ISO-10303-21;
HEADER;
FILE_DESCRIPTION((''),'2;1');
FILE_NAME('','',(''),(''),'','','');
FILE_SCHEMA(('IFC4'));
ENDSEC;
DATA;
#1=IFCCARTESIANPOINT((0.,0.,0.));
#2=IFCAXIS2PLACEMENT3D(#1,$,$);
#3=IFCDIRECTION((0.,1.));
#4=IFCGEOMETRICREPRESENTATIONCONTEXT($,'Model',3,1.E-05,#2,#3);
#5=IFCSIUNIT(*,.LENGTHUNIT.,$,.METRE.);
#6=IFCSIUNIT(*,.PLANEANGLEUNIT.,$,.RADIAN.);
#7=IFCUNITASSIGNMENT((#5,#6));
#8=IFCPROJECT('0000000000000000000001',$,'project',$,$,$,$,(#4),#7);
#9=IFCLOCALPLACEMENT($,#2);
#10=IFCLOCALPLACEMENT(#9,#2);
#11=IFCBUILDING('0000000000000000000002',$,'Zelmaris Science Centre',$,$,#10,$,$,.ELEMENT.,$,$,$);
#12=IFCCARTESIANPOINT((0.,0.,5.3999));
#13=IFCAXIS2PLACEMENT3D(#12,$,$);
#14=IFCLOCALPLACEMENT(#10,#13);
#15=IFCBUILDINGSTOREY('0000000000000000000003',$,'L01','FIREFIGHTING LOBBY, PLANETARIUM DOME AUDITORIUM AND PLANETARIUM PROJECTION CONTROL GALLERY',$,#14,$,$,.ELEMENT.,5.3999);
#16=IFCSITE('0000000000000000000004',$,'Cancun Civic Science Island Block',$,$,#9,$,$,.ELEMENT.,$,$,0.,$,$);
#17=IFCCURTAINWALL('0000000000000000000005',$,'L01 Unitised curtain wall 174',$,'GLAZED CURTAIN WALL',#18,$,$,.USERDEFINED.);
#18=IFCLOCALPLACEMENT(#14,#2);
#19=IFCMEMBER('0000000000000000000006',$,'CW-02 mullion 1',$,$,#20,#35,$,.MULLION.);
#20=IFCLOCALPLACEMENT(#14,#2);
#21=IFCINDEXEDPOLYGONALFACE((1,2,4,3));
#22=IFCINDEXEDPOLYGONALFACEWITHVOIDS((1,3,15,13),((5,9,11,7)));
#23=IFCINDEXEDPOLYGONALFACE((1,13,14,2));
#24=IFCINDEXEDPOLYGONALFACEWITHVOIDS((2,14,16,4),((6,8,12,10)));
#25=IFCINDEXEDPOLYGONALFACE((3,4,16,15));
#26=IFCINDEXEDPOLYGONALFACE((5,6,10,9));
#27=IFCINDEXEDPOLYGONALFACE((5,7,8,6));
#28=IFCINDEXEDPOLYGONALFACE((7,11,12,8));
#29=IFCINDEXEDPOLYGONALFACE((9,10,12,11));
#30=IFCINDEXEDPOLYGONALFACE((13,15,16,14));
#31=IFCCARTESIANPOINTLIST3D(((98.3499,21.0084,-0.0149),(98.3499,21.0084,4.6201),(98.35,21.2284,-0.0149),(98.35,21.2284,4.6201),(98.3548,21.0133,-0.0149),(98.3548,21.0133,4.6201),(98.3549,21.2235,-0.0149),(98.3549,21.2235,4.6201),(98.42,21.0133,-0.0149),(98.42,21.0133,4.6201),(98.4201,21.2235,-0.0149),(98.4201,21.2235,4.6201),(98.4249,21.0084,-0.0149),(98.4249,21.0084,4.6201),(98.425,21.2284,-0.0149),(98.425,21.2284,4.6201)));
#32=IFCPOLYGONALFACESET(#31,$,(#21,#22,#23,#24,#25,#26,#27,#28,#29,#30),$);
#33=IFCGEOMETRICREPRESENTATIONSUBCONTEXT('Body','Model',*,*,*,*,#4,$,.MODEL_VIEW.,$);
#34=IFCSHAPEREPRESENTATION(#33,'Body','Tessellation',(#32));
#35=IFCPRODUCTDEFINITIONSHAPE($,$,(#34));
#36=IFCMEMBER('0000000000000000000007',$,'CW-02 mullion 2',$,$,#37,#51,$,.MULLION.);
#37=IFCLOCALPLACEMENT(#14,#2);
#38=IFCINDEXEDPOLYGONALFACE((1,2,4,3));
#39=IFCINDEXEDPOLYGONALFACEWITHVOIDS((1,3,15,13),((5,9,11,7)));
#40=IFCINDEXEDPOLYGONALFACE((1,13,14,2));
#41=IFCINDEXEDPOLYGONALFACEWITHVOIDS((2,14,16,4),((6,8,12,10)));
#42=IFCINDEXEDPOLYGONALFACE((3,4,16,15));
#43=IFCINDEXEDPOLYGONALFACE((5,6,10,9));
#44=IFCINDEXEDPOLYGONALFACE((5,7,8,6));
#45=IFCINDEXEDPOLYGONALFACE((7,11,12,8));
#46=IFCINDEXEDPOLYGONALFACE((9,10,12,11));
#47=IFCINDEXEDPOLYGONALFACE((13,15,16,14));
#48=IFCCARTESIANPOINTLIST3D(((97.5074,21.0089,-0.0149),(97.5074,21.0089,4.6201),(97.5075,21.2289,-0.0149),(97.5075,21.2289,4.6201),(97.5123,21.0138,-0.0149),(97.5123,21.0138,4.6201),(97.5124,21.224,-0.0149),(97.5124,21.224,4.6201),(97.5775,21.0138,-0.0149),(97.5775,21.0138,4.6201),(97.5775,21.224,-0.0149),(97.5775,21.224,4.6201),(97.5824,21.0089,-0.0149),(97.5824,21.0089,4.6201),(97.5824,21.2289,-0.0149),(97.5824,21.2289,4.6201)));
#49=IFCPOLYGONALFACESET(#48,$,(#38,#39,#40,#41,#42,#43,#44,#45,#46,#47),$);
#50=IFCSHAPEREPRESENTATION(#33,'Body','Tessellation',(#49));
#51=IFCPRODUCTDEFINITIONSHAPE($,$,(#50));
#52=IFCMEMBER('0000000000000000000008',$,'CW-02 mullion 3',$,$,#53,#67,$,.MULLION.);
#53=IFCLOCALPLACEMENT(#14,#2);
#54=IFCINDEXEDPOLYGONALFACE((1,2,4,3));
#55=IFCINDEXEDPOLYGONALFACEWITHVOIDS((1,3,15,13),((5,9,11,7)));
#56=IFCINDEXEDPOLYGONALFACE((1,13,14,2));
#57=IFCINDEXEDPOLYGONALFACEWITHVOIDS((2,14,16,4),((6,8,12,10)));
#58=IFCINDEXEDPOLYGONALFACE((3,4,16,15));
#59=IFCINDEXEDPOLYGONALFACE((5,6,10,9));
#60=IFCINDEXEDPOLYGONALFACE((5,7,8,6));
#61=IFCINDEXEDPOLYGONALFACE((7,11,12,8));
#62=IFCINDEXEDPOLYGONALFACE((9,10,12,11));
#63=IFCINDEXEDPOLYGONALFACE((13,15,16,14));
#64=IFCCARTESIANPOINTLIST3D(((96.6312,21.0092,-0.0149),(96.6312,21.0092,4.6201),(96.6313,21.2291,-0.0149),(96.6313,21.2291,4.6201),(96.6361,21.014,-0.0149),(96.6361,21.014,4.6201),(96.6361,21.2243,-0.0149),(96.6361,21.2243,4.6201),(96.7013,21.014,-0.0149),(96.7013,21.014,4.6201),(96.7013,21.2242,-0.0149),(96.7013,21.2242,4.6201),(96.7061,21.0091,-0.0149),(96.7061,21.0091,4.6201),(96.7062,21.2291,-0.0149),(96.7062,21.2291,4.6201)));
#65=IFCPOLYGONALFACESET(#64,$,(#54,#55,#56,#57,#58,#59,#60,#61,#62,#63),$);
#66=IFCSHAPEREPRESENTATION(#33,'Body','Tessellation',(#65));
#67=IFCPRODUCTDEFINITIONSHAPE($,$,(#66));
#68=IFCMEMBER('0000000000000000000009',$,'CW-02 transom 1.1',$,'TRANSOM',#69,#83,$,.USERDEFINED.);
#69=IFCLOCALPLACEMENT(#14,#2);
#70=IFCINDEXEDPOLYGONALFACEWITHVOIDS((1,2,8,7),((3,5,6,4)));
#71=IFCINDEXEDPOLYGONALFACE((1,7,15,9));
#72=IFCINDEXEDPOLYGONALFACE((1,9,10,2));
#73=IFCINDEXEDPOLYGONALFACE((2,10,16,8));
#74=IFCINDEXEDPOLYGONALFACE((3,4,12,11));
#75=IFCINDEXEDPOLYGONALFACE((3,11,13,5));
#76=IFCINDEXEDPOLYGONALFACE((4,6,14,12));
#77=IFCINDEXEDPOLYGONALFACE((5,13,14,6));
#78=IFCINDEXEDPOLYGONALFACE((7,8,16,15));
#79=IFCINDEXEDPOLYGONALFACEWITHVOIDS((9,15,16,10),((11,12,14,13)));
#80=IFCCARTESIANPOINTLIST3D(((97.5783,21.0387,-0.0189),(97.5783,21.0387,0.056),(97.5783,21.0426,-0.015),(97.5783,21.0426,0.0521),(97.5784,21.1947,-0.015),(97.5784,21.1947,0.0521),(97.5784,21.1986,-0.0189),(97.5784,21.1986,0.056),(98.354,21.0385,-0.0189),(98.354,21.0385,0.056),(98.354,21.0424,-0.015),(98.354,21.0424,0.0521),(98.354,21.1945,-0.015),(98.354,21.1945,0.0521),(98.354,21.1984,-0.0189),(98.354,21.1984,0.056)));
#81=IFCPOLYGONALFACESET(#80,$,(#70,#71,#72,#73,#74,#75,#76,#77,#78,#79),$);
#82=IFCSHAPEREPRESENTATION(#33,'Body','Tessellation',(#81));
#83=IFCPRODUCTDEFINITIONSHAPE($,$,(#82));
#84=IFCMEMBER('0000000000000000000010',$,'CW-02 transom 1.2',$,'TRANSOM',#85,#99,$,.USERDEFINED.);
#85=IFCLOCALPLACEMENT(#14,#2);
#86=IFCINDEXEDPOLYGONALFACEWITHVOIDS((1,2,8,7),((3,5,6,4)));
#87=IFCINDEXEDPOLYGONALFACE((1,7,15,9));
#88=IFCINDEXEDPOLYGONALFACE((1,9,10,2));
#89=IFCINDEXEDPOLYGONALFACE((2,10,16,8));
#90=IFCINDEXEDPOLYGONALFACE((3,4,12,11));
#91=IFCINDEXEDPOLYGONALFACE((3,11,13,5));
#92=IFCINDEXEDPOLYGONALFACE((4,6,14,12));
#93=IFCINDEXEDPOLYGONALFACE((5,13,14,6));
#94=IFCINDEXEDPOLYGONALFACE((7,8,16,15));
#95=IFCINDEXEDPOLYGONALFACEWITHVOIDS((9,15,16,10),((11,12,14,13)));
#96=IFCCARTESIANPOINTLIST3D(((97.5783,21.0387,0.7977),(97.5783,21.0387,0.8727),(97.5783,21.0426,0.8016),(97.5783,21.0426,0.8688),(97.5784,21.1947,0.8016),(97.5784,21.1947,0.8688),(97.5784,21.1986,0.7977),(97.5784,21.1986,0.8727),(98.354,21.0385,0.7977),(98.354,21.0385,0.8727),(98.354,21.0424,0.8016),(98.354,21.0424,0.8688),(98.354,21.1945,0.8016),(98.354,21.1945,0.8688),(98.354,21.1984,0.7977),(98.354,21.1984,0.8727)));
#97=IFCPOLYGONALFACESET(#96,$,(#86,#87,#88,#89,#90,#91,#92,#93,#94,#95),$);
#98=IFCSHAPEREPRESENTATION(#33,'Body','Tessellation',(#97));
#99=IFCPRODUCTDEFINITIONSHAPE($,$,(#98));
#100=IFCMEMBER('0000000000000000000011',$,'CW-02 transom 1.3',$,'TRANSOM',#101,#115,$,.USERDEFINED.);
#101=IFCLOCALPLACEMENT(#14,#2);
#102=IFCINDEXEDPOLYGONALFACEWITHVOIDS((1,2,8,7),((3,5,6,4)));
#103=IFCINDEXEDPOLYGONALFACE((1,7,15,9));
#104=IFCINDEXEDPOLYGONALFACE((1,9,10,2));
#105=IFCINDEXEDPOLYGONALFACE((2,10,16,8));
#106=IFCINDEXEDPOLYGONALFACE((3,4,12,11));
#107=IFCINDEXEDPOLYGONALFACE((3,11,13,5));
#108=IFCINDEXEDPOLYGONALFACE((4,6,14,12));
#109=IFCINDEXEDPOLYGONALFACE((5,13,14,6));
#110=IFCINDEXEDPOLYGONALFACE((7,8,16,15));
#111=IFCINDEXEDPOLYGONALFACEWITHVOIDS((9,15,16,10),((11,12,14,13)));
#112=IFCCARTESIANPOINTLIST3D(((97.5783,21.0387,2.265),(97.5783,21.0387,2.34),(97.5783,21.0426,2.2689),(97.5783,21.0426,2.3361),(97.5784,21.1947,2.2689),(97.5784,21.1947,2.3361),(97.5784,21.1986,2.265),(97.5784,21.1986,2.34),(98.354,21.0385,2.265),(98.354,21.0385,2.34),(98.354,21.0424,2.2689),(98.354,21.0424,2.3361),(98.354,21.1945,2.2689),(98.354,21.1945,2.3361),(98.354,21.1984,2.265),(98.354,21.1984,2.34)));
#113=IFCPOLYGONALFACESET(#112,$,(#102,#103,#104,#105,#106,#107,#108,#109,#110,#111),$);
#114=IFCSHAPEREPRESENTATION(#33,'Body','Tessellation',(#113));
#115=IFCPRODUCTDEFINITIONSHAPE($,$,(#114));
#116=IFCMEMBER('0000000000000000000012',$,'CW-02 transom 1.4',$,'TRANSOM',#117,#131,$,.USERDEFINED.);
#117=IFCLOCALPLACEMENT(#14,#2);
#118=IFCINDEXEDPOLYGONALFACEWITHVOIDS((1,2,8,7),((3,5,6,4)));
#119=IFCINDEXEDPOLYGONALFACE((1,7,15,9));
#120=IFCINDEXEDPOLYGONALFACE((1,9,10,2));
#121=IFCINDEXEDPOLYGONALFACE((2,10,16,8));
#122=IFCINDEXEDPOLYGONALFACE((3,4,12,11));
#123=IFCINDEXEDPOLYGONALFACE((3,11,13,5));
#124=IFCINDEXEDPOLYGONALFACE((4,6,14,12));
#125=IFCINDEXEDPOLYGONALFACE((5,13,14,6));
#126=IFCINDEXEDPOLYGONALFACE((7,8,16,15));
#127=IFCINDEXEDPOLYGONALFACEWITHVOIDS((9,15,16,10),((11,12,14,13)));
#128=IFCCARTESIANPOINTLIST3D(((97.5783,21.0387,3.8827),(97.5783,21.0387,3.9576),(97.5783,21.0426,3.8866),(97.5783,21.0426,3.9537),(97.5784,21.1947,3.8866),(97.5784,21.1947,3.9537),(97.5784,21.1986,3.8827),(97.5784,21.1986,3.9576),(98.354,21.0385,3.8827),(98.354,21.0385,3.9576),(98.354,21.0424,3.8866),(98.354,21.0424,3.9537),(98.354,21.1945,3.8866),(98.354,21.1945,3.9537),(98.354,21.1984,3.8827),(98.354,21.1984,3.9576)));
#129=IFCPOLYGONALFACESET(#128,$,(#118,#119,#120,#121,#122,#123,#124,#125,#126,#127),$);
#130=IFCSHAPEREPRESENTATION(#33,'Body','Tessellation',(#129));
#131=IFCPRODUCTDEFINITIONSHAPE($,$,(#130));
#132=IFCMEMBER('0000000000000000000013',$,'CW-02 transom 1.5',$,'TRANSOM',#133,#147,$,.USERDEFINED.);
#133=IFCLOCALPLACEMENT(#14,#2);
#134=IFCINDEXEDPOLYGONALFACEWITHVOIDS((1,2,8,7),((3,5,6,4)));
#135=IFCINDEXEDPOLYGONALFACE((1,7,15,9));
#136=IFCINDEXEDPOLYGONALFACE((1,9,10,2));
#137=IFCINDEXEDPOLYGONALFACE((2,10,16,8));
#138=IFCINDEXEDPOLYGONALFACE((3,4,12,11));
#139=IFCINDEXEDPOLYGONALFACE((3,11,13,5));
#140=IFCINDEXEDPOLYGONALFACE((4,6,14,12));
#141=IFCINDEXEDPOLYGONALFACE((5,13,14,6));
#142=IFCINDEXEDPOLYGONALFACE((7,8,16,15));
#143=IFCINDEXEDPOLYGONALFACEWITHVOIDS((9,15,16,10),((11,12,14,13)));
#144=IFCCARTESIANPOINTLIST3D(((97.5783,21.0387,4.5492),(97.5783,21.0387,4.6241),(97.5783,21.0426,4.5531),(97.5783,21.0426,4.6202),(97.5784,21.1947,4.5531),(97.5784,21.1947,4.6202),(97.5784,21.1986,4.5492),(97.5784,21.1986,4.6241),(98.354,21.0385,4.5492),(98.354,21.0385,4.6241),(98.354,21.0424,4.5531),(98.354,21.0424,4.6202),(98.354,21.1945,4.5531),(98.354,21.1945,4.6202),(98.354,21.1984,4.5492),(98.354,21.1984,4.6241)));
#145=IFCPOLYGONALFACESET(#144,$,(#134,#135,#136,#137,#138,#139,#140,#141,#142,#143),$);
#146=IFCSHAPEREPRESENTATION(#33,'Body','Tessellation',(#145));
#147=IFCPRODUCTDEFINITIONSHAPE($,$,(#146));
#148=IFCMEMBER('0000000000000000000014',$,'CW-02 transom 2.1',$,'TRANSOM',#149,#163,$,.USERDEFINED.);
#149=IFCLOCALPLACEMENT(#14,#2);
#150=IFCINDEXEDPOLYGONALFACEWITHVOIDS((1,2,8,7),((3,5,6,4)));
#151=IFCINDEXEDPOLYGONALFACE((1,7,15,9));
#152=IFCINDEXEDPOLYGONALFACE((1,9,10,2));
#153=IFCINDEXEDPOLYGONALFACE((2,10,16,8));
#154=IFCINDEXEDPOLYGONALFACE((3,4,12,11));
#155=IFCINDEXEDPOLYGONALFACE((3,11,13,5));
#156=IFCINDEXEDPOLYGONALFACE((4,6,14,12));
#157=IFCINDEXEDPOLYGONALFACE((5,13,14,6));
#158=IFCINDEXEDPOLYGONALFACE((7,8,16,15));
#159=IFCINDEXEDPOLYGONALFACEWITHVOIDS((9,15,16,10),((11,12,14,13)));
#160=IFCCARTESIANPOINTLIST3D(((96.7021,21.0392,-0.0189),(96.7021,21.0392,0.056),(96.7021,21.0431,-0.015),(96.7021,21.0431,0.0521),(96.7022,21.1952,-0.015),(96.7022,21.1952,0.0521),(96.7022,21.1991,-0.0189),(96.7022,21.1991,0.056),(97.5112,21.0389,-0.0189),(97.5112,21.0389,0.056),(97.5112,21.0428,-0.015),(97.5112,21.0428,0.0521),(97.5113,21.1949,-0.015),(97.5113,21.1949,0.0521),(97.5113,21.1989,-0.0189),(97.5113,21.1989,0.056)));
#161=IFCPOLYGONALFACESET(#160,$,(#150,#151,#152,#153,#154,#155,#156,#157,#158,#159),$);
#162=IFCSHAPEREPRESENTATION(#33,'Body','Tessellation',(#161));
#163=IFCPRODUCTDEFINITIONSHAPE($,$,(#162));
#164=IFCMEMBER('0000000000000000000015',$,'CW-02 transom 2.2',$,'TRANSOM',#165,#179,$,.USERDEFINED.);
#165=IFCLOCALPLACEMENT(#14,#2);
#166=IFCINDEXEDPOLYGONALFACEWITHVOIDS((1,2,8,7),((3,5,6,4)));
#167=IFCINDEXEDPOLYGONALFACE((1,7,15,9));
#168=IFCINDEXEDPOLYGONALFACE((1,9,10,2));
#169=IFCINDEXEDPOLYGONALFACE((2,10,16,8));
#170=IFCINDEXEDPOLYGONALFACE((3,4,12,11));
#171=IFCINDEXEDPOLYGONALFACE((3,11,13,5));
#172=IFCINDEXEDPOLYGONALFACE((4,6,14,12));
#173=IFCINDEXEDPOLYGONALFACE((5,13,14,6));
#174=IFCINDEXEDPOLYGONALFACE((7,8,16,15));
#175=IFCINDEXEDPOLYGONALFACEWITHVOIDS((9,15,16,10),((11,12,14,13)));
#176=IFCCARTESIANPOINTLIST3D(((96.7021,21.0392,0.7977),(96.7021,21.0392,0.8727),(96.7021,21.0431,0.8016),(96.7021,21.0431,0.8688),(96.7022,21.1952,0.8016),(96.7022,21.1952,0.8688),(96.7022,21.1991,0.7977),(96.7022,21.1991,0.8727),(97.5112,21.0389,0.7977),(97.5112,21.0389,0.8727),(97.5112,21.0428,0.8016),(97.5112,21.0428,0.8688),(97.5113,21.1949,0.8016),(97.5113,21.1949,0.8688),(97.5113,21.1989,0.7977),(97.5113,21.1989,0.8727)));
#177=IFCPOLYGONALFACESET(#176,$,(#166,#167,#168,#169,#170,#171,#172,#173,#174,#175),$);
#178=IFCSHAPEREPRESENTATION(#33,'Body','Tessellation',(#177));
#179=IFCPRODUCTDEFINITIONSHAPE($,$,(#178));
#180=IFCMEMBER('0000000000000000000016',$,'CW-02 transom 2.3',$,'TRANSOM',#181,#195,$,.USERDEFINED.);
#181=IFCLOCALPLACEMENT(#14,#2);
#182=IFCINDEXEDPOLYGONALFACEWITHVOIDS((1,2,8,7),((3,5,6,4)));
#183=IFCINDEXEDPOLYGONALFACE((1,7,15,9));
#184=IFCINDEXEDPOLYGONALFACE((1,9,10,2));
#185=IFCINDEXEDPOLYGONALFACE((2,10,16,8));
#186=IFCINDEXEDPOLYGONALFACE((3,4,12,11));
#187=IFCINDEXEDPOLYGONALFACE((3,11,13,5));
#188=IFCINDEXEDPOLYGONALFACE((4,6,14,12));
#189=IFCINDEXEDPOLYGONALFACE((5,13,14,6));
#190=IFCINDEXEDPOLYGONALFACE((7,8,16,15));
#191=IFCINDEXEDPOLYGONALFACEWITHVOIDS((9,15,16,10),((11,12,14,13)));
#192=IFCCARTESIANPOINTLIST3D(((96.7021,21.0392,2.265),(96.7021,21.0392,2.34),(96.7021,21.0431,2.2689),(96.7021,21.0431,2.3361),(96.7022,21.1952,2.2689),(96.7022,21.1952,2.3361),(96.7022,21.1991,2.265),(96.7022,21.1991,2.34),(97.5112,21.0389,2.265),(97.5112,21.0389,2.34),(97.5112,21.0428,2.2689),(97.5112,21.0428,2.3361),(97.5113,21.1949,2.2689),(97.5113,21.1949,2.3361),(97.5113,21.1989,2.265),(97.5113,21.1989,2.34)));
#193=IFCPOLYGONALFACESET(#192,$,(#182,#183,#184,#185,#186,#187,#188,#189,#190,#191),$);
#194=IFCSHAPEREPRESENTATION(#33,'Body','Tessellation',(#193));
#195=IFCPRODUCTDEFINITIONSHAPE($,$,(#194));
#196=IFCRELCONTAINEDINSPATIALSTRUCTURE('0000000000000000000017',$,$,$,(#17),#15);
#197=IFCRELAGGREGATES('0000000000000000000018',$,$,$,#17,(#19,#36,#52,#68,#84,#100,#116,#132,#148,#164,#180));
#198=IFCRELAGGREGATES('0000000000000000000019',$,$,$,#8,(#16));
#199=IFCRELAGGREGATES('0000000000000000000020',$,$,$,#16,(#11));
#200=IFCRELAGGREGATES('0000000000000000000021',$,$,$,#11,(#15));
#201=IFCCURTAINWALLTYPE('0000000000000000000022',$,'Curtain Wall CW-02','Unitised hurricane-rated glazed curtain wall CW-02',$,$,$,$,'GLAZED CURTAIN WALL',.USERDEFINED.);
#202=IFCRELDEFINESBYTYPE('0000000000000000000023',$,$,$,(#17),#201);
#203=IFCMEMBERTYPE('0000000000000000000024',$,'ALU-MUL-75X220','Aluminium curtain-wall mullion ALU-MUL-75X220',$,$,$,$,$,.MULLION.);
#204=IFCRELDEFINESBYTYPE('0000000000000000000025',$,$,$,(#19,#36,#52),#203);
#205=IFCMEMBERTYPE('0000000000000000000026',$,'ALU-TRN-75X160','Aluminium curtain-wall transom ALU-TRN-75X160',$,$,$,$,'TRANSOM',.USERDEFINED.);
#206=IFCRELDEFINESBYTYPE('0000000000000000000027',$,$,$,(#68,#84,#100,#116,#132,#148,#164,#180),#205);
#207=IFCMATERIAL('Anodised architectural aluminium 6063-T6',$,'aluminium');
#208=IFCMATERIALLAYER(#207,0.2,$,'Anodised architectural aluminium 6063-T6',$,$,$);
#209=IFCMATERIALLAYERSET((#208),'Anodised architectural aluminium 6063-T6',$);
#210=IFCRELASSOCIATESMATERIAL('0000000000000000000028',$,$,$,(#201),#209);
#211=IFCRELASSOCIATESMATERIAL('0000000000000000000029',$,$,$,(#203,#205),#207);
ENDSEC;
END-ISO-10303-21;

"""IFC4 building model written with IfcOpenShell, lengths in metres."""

from ifc_helpers import new_model, si_unit, direction, frame, origin, origin_2d, place, context, subcontext, project, spatial, hollow_rectangle, extrude, material, layer, layer_set, material_profile, profile_set, type_object, element, aggregate, save


model = new_model("IFC4")

# Units and contexts
model_context = context("Model", 3, precision=1e-05, world=origin(), true_north=direction((0.0, 1.0)))
body_context = subcontext(model_context, "Body", "Model", "MODEL_VIEW")
ifc_project = project(units=[si_unit("LENGTHUNIT", "METRE"), si_unit("PLANEANGLEUNIT", "RADIAN")], contexts=[model_context])

# Site, building, storey
site_placement = place(None, origin())
site = spatial("IfcSite", under=ifc_project, at=site_placement, Name="Cancun Civic Science Island Block", CompositionType="ELEMENT", RefElevation=0.0)
building_placement = place(site_placement, origin())
building = spatial("IfcBuilding", under=site, at=building_placement, Name="Zelmaris Science Centre", CompositionType="ELEMENT")
storey_placement = place(building_placement, frame((0.0, 0.0, 5.3999)))
storey = spatial("IfcBuildingStorey", under=building, at=storey_placement, Name="L01", Description="FIREFIGHTING LOBBY, PLANETARIUM DOME AUDITORIUM AND PLANETARIUM PROJECTION CONTROL GALLERY", CompositionType="ELEMENT", Elevation=5.3999)

# Curtain wall, members
ifc_material_1 = material(Name="Anodised architectural aluminium 6063-T6", Category="aluminium")
ifc_layer_1 = layer(ifc_material_1, 0.2, Name="Anodised architectural aluminium 6063-T6")
ifc_layer_set_1 = layer_set([ifc_layer_1], Name="Anodised architectural aluminium 6063-T6")
curtain_wall_type = type_object("IfcCurtainWallType", Name="Curtain Wall CW-02", Description="Unitised hurricane-rated glazed curtain wall CW-02", ElementType="GLAZED CURTAIN WALL", PredefinedType="USERDEFINED", material=ifc_layer_set_1)
curtain_wall_placement = place(storey_placement, origin())
curtain_wall = element("IfcCurtainWall", 1, at=curtain_wall_placement, inside=storey, type_object=curtain_wall_type, Name="L01 Unitised curtain wall 174", ObjectType="GLAZED CURTAIN WALL", PredefinedType="USERDEFINED")
ifc_material_profile_1 = material_profile(ifc_material_1, hollow_rectangle(XDim=0.075, YDim=0.22, WallThickness=0.0049, at=origin_2d()), Name="ALU-MUL-75X220")
ifc_profile_set_1 = profile_set([ifc_material_profile_1], Name="Anodised architectural aluminium 6063-T6")
member_type_1 = type_object("IfcMemberType", Name="ALU-MUL-75X220", Description="Aluminium curtain-wall mullion ALU-MUL-75X220", PredefinedType="MULLION", material=ifc_profile_set_1)
member_1_placement = place(storey_placement, frame((98.3875, 21.1184, -0.0149), z_axis=(0.0, 0.0, 1.0), x_axis=(-1.0, 0.000321, 0.0)))
member_1 = element("IfcMember", 2, at=member_1_placement, type_object=member_type_1, Name="CW-02 mullion 1", PredefinedType="MULLION", context=body_context, shape_type="SweptSolid", body=[
    extrude(hollow_rectangle(XDim=0.075, YDim=0.22, WallThickness=0.0049, at=origin_2d()), origin(), (0.0, 0.0, 1.0), 4.635),
])
member_2_placement = place(storey_placement, frame((97.5449, 21.1189, -0.0149), z_axis=(0.0, 0.0, 1.0), x_axis=(-1.0, 0.000321, 0.0)))
member_2 = element("IfcMember", 3, at=member_2_placement, type_object=member_type_1, Name="CW-02 mullion 2", PredefinedType="MULLION", context=body_context, shape_type="SweptSolid", body=[
    extrude(hollow_rectangle(XDim=0.075, YDim=0.22, WallThickness=0.0049, at=origin_2d()), origin(), (0.0, 0.0, 1.0), 4.635),
])
member_3_placement = place(storey_placement, frame((96.6687, 21.1191, -0.0149), z_axis=(0.0, 0.0, 1.0), x_axis=(-1.0, 0.000321, 0.0)))
member_3 = element("IfcMember", 4, at=member_3_placement, type_object=member_type_1, Name="CW-02 mullion 3", PredefinedType="MULLION", context=body_context, shape_type="SweptSolid", body=[
    extrude(hollow_rectangle(XDim=0.075, YDim=0.22, WallThickness=0.0049, at=origin_2d()), origin(), (0.0, 0.0, 1.0), 4.635),
])
ifc_material_profile_2 = material_profile(ifc_material_1, hollow_rectangle(XDim=0.075, YDim=0.1599, WallThickness=0.0039, at=origin_2d()), Name="ALU-TRN-75X160")
ifc_profile_set_2 = profile_set([ifc_material_profile_2], Name="Anodised architectural aluminium 6063-T6")
member_type_2 = type_object("IfcMemberType", Name="ALU-TRN-75X160", Description="Aluminium curtain-wall transom ALU-TRN-75X160", ElementType="TRANSOM", PredefinedType="USERDEFINED", material=ifc_profile_set_2)
member_4_placement = place(storey_placement, frame((98.354, 21.1184, 0.0186), z_axis=(-1.0, 0.000315, 0.0), x_axis=(0.0, 0.0, 1.0)))
member_4 = element("IfcMember", 5, at=member_4_placement, type_object=member_type_2, Name="CW-02 transom 1.1", ObjectType="TRANSOM", PredefinedType="USERDEFINED", context=body_context, shape_type="SweptSolid", body=[
    extrude(hollow_rectangle(XDim=0.075, YDim=0.1599, WallThickness=0.0039, at=origin_2d()), origin(), (0.0, 0.0, 1.0), 0.7756),
])
member_5_placement = place(storey_placement, frame((98.354, 21.1184, 0.8352), z_axis=(-1.0, 0.000315, 0.0), x_axis=(0.0, 0.0, 1.0)))
member_5 = element("IfcMember", 6, at=member_5_placement, type_object=member_type_2, Name="CW-02 transom 1.2", ObjectType="TRANSOM", PredefinedType="USERDEFINED", context=body_context, shape_type="SweptSolid", body=[
    extrude(hollow_rectangle(XDim=0.075, YDim=0.1599, WallThickness=0.0039, at=origin_2d()), origin(), (0.0, 0.0, 1.0), 0.7756),
])
member_6_placement = place(storey_placement, frame((98.354, 21.1184, 2.3025), z_axis=(-1.0, 0.000315, 0.0), x_axis=(0.0, 0.0, 1.0)))
member_6 = element("IfcMember", 7, at=member_6_placement, type_object=member_type_2, Name="CW-02 transom 1.3", ObjectType="TRANSOM", PredefinedType="USERDEFINED", context=body_context, shape_type="SweptSolid", body=[
    extrude(hollow_rectangle(XDim=0.075, YDim=0.1599, WallThickness=0.0039, at=origin_2d()), origin(), (0.0, 0.0, 1.0), 0.7756),
])
member_7_placement = place(storey_placement, frame((98.354, 21.1184, 3.9202), z_axis=(-1.0, 0.000315, 0.0), x_axis=(0.0, 0.0, 1.0)))
member_7 = element("IfcMember", 8, at=member_7_placement, type_object=member_type_2, Name="CW-02 transom 1.4", ObjectType="TRANSOM", PredefinedType="USERDEFINED", context=body_context, shape_type="SweptSolid", body=[
    extrude(hollow_rectangle(XDim=0.075, YDim=0.1599, WallThickness=0.0039, at=origin_2d()), origin(), (0.0, 0.0, 1.0), 0.7756),
])
member_8_placement = place(storey_placement, frame((98.354, 21.1184, 4.5867), z_axis=(-1.0, 0.000315, 0.0), x_axis=(0.0, 0.0, 1.0)))
member_8 = element("IfcMember", 9, at=member_8_placement, type_object=member_type_2, Name="CW-02 transom 1.5", ObjectType="TRANSOM", PredefinedType="USERDEFINED", context=body_context, shape_type="SweptSolid", body=[
    extrude(hollow_rectangle(XDim=0.075, YDim=0.1599, WallThickness=0.0039, at=origin_2d()), origin(), (0.0, 0.0, 1.0), 0.7756),
])
member_9_placement = place(storey_placement, frame((97.5112, 21.1189, 0.0186), z_axis=(-1.0, 0.000302, 0.0), x_axis=(0.0, 0.0, 1.0)))
member_9 = element("IfcMember", 10, at=member_9_placement, type_object=member_type_2, Name="CW-02 transom 2.1", ObjectType="TRANSOM", PredefinedType="USERDEFINED", context=body_context, shape_type="SweptSolid", body=[
    extrude(hollow_rectangle(XDim=0.075, YDim=0.1599, WallThickness=0.0039, at=origin_2d()), origin(), (0.0, 0.0, 1.0), 0.8091),
])
member_10_placement = place(storey_placement, frame((97.5112, 21.1189, 0.8352), z_axis=(-1.0, 0.000302, 0.0), x_axis=(0.0, 0.0, 1.0)))
member_10 = element("IfcMember", 11, at=member_10_placement, type_object=member_type_2, Name="CW-02 transom 2.2", ObjectType="TRANSOM", PredefinedType="USERDEFINED", context=body_context, shape_type="SweptSolid", body=[
    extrude(hollow_rectangle(XDim=0.075, YDim=0.1599, WallThickness=0.0039, at=origin_2d()), origin(), (0.0, 0.0, 1.0), 0.8091),
])
member_11_placement = place(storey_placement, frame((97.5112, 21.1189, 2.3025), z_axis=(-1.0, 0.000302, 0.0), x_axis=(0.0, 0.0, 1.0)))
member_11 = element("IfcMember", 12, at=member_11_placement, type_object=member_type_2, Name="CW-02 transom 2.3", ObjectType="TRANSOM", PredefinedType="USERDEFINED", context=body_context, shape_type="SweptSolid", body=[
    extrude(hollow_rectangle(XDim=0.075, YDim=0.1599, WallThickness=0.0039, at=origin_2d()), origin(), (0.0, 0.0, 1.0), 0.8091),
])
aggregate(curtain_wall, [member_1, member_2, member_3, member_4, member_5, member_6, member_7, member_8, member_9, member_10, member_11])

save(model, "model.ifc")
